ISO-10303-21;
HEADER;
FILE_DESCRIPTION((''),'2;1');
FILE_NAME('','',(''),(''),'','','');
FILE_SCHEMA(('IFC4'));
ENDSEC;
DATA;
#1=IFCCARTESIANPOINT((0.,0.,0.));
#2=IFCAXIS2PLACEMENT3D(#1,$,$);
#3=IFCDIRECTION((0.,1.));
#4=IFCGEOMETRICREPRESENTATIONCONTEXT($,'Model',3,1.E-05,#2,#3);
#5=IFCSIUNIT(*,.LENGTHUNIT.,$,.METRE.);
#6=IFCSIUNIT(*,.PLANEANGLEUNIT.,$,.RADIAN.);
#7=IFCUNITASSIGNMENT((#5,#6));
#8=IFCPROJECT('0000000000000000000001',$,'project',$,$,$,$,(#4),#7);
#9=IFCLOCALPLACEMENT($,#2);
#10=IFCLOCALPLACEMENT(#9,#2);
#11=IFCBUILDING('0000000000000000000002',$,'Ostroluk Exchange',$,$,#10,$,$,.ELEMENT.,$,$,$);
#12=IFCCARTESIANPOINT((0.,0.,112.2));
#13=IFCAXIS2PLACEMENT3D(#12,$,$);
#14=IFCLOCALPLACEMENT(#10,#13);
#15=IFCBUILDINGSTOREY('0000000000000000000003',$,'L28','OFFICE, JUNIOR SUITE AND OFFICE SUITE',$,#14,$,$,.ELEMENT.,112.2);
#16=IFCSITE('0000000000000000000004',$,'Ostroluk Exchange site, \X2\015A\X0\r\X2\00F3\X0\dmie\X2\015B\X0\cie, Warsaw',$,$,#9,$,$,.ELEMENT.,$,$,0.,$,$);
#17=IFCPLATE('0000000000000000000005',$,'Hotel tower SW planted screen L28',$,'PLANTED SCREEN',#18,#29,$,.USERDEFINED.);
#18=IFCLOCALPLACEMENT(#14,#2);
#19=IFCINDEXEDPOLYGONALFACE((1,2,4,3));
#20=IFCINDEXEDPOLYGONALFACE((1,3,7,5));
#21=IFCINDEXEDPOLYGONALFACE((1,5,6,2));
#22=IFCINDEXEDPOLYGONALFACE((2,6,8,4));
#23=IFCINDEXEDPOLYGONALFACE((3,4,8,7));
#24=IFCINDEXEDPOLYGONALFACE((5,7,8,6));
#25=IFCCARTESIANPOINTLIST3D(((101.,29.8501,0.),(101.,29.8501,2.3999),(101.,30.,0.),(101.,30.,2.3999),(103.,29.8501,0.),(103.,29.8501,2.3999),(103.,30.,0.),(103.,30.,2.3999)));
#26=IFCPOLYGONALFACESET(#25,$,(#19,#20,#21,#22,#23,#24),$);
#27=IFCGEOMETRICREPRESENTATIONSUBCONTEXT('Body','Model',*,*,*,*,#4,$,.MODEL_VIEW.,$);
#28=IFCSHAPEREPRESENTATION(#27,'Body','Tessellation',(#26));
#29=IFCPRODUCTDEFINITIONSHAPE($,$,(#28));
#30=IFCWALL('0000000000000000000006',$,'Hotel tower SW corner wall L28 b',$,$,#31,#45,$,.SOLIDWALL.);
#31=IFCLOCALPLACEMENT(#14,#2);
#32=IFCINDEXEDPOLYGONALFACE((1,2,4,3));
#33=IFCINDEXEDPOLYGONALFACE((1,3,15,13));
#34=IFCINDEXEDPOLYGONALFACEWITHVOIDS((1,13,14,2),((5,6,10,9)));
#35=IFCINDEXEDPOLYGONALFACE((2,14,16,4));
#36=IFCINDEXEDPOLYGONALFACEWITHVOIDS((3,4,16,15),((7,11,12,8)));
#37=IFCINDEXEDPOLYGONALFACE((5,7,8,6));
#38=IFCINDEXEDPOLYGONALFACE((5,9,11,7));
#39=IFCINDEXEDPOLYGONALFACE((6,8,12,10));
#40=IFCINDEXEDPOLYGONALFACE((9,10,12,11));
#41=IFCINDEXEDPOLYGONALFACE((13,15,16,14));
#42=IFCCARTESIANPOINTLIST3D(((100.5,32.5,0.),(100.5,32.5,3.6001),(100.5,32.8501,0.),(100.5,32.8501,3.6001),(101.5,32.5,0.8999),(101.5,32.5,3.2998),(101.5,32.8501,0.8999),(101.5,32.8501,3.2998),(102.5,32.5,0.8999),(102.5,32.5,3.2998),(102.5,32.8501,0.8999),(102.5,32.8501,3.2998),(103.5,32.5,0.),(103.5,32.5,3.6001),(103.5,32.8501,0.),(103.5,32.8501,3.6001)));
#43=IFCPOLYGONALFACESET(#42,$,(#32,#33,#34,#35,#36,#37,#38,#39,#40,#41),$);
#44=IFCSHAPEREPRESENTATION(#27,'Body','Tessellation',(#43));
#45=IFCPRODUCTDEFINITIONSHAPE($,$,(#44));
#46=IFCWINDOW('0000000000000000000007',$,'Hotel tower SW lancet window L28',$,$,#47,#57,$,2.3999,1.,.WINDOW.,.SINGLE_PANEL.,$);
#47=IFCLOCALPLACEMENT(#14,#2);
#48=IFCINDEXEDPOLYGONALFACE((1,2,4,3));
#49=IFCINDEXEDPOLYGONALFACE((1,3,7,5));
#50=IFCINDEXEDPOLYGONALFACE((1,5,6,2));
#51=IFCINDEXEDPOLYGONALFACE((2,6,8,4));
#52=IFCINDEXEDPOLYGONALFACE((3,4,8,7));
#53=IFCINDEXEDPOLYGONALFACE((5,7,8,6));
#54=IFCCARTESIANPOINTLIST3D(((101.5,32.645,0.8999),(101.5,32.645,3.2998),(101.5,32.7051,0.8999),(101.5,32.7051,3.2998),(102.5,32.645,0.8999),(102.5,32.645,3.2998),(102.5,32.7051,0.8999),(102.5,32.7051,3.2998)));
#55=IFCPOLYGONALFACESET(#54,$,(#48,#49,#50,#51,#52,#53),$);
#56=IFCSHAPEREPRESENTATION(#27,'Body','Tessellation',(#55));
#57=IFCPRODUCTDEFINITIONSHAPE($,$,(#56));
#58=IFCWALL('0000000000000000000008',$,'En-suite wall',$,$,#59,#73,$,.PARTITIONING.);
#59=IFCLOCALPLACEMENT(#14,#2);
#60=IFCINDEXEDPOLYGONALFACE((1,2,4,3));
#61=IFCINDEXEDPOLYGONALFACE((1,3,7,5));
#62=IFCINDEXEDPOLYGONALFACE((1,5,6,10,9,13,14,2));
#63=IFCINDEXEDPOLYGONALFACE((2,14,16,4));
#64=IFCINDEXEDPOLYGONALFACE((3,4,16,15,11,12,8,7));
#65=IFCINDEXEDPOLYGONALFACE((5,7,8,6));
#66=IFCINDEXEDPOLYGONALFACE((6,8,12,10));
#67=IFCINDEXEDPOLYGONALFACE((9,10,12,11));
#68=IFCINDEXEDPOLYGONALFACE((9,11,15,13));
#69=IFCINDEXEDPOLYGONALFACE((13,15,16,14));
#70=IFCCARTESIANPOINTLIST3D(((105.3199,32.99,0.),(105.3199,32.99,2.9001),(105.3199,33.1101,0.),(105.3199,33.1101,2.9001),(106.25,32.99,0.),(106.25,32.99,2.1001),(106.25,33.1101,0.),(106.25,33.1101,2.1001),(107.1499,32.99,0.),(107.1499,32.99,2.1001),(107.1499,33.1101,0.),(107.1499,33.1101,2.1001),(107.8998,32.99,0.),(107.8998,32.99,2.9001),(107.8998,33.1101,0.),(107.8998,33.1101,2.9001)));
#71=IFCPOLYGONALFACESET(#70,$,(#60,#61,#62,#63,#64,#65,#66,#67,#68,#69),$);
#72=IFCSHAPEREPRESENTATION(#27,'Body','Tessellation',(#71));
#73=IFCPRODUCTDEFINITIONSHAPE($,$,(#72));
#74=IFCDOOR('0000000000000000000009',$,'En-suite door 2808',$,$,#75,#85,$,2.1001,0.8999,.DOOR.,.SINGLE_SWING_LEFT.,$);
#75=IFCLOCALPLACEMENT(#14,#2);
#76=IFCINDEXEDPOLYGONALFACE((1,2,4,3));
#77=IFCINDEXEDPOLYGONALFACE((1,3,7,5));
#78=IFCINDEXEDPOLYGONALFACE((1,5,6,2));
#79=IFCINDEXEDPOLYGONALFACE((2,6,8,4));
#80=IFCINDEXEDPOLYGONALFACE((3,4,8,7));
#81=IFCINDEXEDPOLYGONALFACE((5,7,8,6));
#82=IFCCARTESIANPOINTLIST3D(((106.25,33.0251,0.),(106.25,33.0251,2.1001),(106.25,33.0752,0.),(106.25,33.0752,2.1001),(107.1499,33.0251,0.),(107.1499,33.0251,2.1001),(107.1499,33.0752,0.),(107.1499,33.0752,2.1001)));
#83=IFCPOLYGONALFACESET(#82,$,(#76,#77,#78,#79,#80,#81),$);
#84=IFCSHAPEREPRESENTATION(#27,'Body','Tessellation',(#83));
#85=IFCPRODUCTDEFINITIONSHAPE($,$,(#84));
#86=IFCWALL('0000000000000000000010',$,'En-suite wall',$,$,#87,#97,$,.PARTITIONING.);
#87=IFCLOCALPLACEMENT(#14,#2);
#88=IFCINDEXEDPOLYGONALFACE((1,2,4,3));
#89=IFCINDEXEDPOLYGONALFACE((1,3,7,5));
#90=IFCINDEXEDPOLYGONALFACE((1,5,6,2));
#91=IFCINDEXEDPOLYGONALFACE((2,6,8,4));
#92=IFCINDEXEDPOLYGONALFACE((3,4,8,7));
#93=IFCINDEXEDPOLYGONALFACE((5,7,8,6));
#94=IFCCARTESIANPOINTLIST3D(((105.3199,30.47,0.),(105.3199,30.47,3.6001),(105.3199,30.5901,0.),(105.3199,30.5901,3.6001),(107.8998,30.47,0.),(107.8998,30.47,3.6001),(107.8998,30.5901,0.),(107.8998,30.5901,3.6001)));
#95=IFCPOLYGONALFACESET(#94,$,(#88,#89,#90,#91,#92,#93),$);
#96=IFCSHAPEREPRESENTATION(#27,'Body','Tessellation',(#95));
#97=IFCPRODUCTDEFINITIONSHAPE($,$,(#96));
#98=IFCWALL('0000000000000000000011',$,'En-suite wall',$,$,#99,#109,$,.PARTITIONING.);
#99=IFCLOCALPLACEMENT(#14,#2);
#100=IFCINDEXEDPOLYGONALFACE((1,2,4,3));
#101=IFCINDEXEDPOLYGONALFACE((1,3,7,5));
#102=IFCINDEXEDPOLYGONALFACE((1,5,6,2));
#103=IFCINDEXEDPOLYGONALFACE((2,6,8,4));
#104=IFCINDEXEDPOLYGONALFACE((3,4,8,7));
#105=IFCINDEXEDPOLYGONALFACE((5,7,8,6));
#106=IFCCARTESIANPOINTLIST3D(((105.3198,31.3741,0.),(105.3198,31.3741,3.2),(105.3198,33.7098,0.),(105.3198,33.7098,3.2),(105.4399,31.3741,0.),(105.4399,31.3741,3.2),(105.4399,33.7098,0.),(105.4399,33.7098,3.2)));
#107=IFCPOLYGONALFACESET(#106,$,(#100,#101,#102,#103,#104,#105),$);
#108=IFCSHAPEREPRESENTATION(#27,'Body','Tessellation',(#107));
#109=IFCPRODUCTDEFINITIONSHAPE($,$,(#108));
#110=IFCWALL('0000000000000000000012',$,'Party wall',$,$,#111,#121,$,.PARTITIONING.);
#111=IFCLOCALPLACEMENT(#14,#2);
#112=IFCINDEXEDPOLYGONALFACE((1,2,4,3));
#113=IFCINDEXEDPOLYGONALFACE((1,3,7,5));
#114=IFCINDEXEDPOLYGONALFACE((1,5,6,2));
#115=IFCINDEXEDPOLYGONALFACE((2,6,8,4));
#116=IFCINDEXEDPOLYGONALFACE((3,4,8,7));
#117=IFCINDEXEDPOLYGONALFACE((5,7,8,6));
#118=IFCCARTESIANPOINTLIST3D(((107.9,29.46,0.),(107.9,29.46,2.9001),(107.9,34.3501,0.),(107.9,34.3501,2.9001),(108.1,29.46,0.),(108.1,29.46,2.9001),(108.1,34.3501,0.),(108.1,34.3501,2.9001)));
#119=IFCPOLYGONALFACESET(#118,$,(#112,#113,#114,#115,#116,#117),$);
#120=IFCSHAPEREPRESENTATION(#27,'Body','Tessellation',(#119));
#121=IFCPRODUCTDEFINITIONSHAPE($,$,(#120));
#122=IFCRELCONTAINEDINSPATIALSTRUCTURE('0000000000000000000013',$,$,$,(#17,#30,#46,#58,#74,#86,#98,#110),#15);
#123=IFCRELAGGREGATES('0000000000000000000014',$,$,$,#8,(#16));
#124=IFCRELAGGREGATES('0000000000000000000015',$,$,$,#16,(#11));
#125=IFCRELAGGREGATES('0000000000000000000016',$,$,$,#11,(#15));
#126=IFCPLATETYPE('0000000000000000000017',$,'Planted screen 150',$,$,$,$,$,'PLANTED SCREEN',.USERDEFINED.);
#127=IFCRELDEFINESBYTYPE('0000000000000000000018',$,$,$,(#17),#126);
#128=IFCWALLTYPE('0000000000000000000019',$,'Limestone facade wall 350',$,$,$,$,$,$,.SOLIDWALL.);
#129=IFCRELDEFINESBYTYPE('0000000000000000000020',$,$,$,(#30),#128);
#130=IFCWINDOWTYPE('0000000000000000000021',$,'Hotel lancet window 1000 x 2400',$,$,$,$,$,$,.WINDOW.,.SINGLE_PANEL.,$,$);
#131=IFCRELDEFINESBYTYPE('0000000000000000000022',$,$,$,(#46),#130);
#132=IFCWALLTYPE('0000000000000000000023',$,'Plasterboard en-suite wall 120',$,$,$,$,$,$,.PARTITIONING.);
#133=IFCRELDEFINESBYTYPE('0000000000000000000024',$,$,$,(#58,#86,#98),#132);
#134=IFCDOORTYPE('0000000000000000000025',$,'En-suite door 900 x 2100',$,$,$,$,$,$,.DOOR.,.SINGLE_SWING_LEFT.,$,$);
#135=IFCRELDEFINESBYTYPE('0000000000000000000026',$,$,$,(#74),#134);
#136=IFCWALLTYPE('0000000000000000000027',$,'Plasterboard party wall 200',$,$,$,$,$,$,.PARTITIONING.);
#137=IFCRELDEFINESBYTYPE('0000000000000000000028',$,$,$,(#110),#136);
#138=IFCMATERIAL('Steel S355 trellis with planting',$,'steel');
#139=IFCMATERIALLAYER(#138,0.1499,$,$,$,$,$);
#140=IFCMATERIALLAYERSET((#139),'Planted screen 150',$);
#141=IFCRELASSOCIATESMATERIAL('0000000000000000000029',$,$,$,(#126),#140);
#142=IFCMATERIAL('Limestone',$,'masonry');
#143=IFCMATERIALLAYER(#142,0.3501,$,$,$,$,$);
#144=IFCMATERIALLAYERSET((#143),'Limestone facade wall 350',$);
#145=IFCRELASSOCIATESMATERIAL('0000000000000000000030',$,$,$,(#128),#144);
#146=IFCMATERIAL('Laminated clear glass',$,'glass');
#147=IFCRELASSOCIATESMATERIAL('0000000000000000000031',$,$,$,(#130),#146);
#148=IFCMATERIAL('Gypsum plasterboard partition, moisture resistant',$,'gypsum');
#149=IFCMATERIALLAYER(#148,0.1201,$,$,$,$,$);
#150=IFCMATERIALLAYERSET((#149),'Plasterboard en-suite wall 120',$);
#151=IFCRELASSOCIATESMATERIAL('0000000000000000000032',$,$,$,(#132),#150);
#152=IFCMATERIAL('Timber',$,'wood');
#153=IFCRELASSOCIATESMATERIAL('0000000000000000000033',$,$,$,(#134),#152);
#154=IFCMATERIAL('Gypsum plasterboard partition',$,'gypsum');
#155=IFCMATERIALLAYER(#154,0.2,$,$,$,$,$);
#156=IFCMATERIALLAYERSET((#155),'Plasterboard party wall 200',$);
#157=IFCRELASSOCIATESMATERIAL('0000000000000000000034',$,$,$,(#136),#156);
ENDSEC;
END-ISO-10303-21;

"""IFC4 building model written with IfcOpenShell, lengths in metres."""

from ifc_helpers import new_model, si_unit, direction, frame, frame_2d, origin, origin_2d, place, context, subcontext, project, spatial, rectangle, extrude, material, layer, layer_set, type_object, element, fill, save


model = new_model("IFC4")

# Units and contexts
model_context = context("Model", 3, precision=1e-05, world=origin(), true_north=direction((0.0, 1.0)))
body_context = subcontext(model_context, "Body", "Model", "MODEL_VIEW")
ifc_project = project(units=[si_unit("LENGTHUNIT", "METRE"), si_unit("PLANEANGLEUNIT", "RADIAN")], contexts=[model_context])

# Site, building, storey
site_placement = place(None, origin())
site = spatial("IfcSite", under=ifc_project, at=site_placement, Name="Ostroluk Exchange site, Śródmieście, Warsaw", CompositionType="ELEMENT", RefElevation=0.0)
building_placement = place(site_placement, origin())
building = spatial("IfcBuilding", under=site, at=building_placement, Name="Ostroluk Exchange", CompositionType="ELEMENT")
storey_placement = place(building_placement, frame((0.0, 0.0, 112.2)))
storey = spatial("IfcBuildingStorey", under=building, at=storey_placement, Name="L28", Description="OFFICE, JUNIOR SUITE AND OFFICE SUITE", CompositionType="ELEMENT", Elevation=112.2)

# Plate
ifc_material_1 = material(Name="Steel S355 trellis with planting", Category="steel")
ifc_layer_1 = layer(ifc_material_1, 0.1499)
ifc_layer_set_1 = layer_set([ifc_layer_1], Name="Planted screen 150")
plate_type_1 = type_object("IfcPlateType", Name="Planted screen 150", ElementType="PLANTED SCREEN", PredefinedType="USERDEFINED", material=ifc_layer_set_1)
plate_1_placement = place(storey_placement, frame((102.0, 29.925, 0.0), z_axis=(0.0, 0.0, 1.0), x_axis=(1.0, 0.0, 0.0)))
element("IfcPlate", 1, at=plate_1_placement, inside=storey, type_object=plate_type_1, Name="Hotel tower SW planted screen L28", ObjectType="PLANTED SCREEN", PredefinedType="USERDEFINED", context=body_context, shape_type="SweptSolid", body=[
    extrude(rectangle(XDim=2.0, YDim=0.1499, at=origin_2d()), origin(), (0.0, 0.0, 1.0), 2.3999),
])

# Shared definitions
ifc_material_2 = material(Name="Limestone", Category="masonry")
ifc_layer_2 = layer(ifc_material_2, 0.3501)
ifc_layer_set_2 = layer_set([ifc_layer_2], Name="Limestone facade wall 350")
wall_type_1 = type_object("IfcWallType", Name="Limestone facade wall 350", PredefinedType="SOLIDWALL", material=ifc_layer_set_2)

# Wall, opening, window
wall_1_placement = place(storey_placement, frame((103.5, 32.675, 0.0), z_axis=(0.0, 0.0, 1.0), x_axis=(-1.0, 0.0, 0.0)))
wall_1 = element("IfcWall", 2, at=wall_1_placement, inside=storey, type_object=wall_type_1, Name="Hotel tower SW corner wall L28 b", PredefinedType="SOLIDWALL", context=body_context, shape_type="SweptSolid", body=[
    extrude(rectangle(XDim=3.0, YDim=0.3501, at=frame_2d((1.5, 0.0))), origin(), (0.0, 0.0, 1.0), 3.6001),
])
opening_1_placement = place(wall_1_placement, frame((1.0, 0.0, 0.8999)))
opening_1 = element("IfcOpeningElement", 3, at=opening_1_placement, cuts=wall_1, PredefinedType="OPENING", context=body_context, shape_type="SweptSolid", body=[
    extrude(rectangle(XDim=1.0, YDim=2.3999, at=frame_2d((0.5, 1.2))), frame((0.0, 0.1851, 0.0), z_axis=(0.0, -1.0, 0.0), x_axis=(1.0, 0.0, 0.0)), (0.0, 0.0, 1.0), 0.3701),
])
ifc_material_3 = material(Name="Laminated clear glass", Category="glass")
window_type = type_object("IfcWindowType", Name="Hotel lancet window 1000 x 2400", PartitioningType="SINGLE_PANEL", PredefinedType="WINDOW", material=ifc_material_3)
window_placement = place(opening_1_placement, origin())
window = element("IfcWindow", 4, at=window_placement, inside=storey, type_object=window_type, Name="Hotel tower SW lancet window L28", OverallHeight=2.3999, OverallWidth=1.0, PartitioningType="SINGLE_PANEL", PredefinedType="WINDOW", context=body_context, shape_type="SweptSolid", body=[
    extrude(rectangle(XDim=1.0, YDim=2.3999, at=frame_2d((0.5, 1.2))), frame((0.0, 0.03, 0.0), z_axis=(0.0, -1.0, 0.0), x_axis=(1.0, 0.0, 0.0)), (0.0, 0.0, 1.0), 0.0601),
])
fill(opening_1, window)

# Wall, opening, door
ifc_material_4 = material(Name="Gypsum plasterboard partition, moisture resistant", Category="gypsum")
ifc_layer_3 = layer(ifc_material_4, 0.1201)
ifc_layer_set_3 = layer_set([ifc_layer_3], Name="Plasterboard en-suite wall 120")
wall_type_2 = type_object("IfcWallType", Name="Plasterboard en-suite wall 120", PredefinedType="PARTITIONING", material=ifc_layer_set_3)
wall_2_placement = place(storey_placement, frame((107.8999, 33.05, 0.0), z_axis=(0.0, 0.0, 1.0), x_axis=(-1.0, 0.0, 0.0)))
wall_2 = element("IfcWall", 5, at=wall_2_placement, inside=storey, type_object=wall_type_2, Name="En-suite wall", PredefinedType="PARTITIONING", context=body_context, shape_type="SweptSolid", body=[
    extrude(rectangle(XDim=2.5798, YDim=0.1201, at=frame_2d((1.29, 0.0))), origin(), (0.0, 0.0, 1.0), 2.9001),
])
opening_2_placement = place(wall_2_placement, frame((0.75, 0.0, 0.0)))
opening_2 = element("IfcOpeningElement", 6, at=opening_2_placement, cuts=wall_2, PredefinedType="OPENING", context=body_context, shape_type="SweptSolid", body=[
    extrude(rectangle(XDim=0.8999, YDim=2.1001, at=frame_2d((0.45, 1.05))), frame((0.0, 0.0701, 0.0), z_axis=(0.0, -1.0, 0.0), x_axis=(1.0, 0.0, 0.0)), (0.0, 0.0, 1.0), 0.1401),
])
ifc_material_5 = material(Name="Timber", Category="wood")
door_type_1 = type_object("IfcDoorType", Name="En-suite door 900 x 2100", OperationType="SINGLE_SWING_LEFT", PredefinedType="DOOR", material=ifc_material_5)
door_1_placement = place(opening_2_placement, origin())
door_1 = element("IfcDoor", 7, at=door_1_placement, inside=storey, type_object=door_type_1, Name="En-suite door 2808", OperationType="SINGLE_SWING_LEFT", OverallHeight=2.1001, OverallWidth=0.8999, PredefinedType="DOOR", context=body_context, shape_type="SweptSolid", body=[
    extrude(rectangle(XDim=0.8999, YDim=2.1001, at=frame_2d((0.45, 1.05))), frame((0.0, 0.0249, 0.0), z_axis=(0.0, -1.0, 0.0), x_axis=(1.0, 0.0, 0.0)), (0.0, 0.0, 1.0), 0.05),
])
fill(opening_2, door_1)

# Walls
wall_3_placement = place(storey_placement, frame((107.8999, 30.53, 0.0), z_axis=(0.0, 0.0, 1.0), x_axis=(-1.0, 0.0, 0.0)))
element("IfcWall", 8, at=wall_3_placement, inside=storey, type_object=wall_type_2, Name="En-suite wall", PredefinedType="PARTITIONING", context=body_context, shape_type="SweptSolid", body=[
    extrude(rectangle(XDim=2.5798, YDim=0.1201, at=frame_2d((1.29, 0.0))), origin(), (0.0, 0.0, 1.0), 3.6001),
])
wall_4_placement = place(storey_placement, frame((105.3799, 33.71, 0.0), z_axis=(0.0, 0.0, 1.0), x_axis=(0.0, -1.0, 0.0)))
element("IfcWall", 9, at=wall_4_placement, inside=storey, type_object=wall_type_2, Name="En-suite wall", PredefinedType="PARTITIONING", context=body_context, shape_type="SweptSolid", body=[
    extrude(rectangle(XDim=2.3357, YDim=0.1201, at=frame_2d((1.168, 0.0))), origin(), (0.0, 0.0, 1.0), 3.2),
])
ifc_material_6 = material(Name="Gypsum plasterboard partition", Category="gypsum")
ifc_layer_4 = layer(ifc_material_6, 0.2)
ifc_layer_set_4 = layer_set([ifc_layer_4], Name="Plasterboard party wall 200")
wall_type_3 = type_object("IfcWallType", Name="Plasterboard party wall 200", PredefinedType="PARTITIONING", material=ifc_layer_set_4)
wall_5_placement = place(storey_placement, frame((108.0, 34.3501, 0.0), z_axis=(0.0, 0.0, 1.0), x_axis=(0.0, -1.0, 0.0)))
element("IfcWall", 10, at=wall_5_placement, inside=storey, type_object=wall_type_3, Name="Party wall", PredefinedType="PARTITIONING", context=body_context, shape_type="SweptSolid", body=[
    extrude(rectangle(XDim=4.8901, YDim=0.2, at=frame_2d((2.4451, 0.0))), origin(), (0.0, 0.0, 1.0), 2.9001),
])

save(model, "model.ifc")
